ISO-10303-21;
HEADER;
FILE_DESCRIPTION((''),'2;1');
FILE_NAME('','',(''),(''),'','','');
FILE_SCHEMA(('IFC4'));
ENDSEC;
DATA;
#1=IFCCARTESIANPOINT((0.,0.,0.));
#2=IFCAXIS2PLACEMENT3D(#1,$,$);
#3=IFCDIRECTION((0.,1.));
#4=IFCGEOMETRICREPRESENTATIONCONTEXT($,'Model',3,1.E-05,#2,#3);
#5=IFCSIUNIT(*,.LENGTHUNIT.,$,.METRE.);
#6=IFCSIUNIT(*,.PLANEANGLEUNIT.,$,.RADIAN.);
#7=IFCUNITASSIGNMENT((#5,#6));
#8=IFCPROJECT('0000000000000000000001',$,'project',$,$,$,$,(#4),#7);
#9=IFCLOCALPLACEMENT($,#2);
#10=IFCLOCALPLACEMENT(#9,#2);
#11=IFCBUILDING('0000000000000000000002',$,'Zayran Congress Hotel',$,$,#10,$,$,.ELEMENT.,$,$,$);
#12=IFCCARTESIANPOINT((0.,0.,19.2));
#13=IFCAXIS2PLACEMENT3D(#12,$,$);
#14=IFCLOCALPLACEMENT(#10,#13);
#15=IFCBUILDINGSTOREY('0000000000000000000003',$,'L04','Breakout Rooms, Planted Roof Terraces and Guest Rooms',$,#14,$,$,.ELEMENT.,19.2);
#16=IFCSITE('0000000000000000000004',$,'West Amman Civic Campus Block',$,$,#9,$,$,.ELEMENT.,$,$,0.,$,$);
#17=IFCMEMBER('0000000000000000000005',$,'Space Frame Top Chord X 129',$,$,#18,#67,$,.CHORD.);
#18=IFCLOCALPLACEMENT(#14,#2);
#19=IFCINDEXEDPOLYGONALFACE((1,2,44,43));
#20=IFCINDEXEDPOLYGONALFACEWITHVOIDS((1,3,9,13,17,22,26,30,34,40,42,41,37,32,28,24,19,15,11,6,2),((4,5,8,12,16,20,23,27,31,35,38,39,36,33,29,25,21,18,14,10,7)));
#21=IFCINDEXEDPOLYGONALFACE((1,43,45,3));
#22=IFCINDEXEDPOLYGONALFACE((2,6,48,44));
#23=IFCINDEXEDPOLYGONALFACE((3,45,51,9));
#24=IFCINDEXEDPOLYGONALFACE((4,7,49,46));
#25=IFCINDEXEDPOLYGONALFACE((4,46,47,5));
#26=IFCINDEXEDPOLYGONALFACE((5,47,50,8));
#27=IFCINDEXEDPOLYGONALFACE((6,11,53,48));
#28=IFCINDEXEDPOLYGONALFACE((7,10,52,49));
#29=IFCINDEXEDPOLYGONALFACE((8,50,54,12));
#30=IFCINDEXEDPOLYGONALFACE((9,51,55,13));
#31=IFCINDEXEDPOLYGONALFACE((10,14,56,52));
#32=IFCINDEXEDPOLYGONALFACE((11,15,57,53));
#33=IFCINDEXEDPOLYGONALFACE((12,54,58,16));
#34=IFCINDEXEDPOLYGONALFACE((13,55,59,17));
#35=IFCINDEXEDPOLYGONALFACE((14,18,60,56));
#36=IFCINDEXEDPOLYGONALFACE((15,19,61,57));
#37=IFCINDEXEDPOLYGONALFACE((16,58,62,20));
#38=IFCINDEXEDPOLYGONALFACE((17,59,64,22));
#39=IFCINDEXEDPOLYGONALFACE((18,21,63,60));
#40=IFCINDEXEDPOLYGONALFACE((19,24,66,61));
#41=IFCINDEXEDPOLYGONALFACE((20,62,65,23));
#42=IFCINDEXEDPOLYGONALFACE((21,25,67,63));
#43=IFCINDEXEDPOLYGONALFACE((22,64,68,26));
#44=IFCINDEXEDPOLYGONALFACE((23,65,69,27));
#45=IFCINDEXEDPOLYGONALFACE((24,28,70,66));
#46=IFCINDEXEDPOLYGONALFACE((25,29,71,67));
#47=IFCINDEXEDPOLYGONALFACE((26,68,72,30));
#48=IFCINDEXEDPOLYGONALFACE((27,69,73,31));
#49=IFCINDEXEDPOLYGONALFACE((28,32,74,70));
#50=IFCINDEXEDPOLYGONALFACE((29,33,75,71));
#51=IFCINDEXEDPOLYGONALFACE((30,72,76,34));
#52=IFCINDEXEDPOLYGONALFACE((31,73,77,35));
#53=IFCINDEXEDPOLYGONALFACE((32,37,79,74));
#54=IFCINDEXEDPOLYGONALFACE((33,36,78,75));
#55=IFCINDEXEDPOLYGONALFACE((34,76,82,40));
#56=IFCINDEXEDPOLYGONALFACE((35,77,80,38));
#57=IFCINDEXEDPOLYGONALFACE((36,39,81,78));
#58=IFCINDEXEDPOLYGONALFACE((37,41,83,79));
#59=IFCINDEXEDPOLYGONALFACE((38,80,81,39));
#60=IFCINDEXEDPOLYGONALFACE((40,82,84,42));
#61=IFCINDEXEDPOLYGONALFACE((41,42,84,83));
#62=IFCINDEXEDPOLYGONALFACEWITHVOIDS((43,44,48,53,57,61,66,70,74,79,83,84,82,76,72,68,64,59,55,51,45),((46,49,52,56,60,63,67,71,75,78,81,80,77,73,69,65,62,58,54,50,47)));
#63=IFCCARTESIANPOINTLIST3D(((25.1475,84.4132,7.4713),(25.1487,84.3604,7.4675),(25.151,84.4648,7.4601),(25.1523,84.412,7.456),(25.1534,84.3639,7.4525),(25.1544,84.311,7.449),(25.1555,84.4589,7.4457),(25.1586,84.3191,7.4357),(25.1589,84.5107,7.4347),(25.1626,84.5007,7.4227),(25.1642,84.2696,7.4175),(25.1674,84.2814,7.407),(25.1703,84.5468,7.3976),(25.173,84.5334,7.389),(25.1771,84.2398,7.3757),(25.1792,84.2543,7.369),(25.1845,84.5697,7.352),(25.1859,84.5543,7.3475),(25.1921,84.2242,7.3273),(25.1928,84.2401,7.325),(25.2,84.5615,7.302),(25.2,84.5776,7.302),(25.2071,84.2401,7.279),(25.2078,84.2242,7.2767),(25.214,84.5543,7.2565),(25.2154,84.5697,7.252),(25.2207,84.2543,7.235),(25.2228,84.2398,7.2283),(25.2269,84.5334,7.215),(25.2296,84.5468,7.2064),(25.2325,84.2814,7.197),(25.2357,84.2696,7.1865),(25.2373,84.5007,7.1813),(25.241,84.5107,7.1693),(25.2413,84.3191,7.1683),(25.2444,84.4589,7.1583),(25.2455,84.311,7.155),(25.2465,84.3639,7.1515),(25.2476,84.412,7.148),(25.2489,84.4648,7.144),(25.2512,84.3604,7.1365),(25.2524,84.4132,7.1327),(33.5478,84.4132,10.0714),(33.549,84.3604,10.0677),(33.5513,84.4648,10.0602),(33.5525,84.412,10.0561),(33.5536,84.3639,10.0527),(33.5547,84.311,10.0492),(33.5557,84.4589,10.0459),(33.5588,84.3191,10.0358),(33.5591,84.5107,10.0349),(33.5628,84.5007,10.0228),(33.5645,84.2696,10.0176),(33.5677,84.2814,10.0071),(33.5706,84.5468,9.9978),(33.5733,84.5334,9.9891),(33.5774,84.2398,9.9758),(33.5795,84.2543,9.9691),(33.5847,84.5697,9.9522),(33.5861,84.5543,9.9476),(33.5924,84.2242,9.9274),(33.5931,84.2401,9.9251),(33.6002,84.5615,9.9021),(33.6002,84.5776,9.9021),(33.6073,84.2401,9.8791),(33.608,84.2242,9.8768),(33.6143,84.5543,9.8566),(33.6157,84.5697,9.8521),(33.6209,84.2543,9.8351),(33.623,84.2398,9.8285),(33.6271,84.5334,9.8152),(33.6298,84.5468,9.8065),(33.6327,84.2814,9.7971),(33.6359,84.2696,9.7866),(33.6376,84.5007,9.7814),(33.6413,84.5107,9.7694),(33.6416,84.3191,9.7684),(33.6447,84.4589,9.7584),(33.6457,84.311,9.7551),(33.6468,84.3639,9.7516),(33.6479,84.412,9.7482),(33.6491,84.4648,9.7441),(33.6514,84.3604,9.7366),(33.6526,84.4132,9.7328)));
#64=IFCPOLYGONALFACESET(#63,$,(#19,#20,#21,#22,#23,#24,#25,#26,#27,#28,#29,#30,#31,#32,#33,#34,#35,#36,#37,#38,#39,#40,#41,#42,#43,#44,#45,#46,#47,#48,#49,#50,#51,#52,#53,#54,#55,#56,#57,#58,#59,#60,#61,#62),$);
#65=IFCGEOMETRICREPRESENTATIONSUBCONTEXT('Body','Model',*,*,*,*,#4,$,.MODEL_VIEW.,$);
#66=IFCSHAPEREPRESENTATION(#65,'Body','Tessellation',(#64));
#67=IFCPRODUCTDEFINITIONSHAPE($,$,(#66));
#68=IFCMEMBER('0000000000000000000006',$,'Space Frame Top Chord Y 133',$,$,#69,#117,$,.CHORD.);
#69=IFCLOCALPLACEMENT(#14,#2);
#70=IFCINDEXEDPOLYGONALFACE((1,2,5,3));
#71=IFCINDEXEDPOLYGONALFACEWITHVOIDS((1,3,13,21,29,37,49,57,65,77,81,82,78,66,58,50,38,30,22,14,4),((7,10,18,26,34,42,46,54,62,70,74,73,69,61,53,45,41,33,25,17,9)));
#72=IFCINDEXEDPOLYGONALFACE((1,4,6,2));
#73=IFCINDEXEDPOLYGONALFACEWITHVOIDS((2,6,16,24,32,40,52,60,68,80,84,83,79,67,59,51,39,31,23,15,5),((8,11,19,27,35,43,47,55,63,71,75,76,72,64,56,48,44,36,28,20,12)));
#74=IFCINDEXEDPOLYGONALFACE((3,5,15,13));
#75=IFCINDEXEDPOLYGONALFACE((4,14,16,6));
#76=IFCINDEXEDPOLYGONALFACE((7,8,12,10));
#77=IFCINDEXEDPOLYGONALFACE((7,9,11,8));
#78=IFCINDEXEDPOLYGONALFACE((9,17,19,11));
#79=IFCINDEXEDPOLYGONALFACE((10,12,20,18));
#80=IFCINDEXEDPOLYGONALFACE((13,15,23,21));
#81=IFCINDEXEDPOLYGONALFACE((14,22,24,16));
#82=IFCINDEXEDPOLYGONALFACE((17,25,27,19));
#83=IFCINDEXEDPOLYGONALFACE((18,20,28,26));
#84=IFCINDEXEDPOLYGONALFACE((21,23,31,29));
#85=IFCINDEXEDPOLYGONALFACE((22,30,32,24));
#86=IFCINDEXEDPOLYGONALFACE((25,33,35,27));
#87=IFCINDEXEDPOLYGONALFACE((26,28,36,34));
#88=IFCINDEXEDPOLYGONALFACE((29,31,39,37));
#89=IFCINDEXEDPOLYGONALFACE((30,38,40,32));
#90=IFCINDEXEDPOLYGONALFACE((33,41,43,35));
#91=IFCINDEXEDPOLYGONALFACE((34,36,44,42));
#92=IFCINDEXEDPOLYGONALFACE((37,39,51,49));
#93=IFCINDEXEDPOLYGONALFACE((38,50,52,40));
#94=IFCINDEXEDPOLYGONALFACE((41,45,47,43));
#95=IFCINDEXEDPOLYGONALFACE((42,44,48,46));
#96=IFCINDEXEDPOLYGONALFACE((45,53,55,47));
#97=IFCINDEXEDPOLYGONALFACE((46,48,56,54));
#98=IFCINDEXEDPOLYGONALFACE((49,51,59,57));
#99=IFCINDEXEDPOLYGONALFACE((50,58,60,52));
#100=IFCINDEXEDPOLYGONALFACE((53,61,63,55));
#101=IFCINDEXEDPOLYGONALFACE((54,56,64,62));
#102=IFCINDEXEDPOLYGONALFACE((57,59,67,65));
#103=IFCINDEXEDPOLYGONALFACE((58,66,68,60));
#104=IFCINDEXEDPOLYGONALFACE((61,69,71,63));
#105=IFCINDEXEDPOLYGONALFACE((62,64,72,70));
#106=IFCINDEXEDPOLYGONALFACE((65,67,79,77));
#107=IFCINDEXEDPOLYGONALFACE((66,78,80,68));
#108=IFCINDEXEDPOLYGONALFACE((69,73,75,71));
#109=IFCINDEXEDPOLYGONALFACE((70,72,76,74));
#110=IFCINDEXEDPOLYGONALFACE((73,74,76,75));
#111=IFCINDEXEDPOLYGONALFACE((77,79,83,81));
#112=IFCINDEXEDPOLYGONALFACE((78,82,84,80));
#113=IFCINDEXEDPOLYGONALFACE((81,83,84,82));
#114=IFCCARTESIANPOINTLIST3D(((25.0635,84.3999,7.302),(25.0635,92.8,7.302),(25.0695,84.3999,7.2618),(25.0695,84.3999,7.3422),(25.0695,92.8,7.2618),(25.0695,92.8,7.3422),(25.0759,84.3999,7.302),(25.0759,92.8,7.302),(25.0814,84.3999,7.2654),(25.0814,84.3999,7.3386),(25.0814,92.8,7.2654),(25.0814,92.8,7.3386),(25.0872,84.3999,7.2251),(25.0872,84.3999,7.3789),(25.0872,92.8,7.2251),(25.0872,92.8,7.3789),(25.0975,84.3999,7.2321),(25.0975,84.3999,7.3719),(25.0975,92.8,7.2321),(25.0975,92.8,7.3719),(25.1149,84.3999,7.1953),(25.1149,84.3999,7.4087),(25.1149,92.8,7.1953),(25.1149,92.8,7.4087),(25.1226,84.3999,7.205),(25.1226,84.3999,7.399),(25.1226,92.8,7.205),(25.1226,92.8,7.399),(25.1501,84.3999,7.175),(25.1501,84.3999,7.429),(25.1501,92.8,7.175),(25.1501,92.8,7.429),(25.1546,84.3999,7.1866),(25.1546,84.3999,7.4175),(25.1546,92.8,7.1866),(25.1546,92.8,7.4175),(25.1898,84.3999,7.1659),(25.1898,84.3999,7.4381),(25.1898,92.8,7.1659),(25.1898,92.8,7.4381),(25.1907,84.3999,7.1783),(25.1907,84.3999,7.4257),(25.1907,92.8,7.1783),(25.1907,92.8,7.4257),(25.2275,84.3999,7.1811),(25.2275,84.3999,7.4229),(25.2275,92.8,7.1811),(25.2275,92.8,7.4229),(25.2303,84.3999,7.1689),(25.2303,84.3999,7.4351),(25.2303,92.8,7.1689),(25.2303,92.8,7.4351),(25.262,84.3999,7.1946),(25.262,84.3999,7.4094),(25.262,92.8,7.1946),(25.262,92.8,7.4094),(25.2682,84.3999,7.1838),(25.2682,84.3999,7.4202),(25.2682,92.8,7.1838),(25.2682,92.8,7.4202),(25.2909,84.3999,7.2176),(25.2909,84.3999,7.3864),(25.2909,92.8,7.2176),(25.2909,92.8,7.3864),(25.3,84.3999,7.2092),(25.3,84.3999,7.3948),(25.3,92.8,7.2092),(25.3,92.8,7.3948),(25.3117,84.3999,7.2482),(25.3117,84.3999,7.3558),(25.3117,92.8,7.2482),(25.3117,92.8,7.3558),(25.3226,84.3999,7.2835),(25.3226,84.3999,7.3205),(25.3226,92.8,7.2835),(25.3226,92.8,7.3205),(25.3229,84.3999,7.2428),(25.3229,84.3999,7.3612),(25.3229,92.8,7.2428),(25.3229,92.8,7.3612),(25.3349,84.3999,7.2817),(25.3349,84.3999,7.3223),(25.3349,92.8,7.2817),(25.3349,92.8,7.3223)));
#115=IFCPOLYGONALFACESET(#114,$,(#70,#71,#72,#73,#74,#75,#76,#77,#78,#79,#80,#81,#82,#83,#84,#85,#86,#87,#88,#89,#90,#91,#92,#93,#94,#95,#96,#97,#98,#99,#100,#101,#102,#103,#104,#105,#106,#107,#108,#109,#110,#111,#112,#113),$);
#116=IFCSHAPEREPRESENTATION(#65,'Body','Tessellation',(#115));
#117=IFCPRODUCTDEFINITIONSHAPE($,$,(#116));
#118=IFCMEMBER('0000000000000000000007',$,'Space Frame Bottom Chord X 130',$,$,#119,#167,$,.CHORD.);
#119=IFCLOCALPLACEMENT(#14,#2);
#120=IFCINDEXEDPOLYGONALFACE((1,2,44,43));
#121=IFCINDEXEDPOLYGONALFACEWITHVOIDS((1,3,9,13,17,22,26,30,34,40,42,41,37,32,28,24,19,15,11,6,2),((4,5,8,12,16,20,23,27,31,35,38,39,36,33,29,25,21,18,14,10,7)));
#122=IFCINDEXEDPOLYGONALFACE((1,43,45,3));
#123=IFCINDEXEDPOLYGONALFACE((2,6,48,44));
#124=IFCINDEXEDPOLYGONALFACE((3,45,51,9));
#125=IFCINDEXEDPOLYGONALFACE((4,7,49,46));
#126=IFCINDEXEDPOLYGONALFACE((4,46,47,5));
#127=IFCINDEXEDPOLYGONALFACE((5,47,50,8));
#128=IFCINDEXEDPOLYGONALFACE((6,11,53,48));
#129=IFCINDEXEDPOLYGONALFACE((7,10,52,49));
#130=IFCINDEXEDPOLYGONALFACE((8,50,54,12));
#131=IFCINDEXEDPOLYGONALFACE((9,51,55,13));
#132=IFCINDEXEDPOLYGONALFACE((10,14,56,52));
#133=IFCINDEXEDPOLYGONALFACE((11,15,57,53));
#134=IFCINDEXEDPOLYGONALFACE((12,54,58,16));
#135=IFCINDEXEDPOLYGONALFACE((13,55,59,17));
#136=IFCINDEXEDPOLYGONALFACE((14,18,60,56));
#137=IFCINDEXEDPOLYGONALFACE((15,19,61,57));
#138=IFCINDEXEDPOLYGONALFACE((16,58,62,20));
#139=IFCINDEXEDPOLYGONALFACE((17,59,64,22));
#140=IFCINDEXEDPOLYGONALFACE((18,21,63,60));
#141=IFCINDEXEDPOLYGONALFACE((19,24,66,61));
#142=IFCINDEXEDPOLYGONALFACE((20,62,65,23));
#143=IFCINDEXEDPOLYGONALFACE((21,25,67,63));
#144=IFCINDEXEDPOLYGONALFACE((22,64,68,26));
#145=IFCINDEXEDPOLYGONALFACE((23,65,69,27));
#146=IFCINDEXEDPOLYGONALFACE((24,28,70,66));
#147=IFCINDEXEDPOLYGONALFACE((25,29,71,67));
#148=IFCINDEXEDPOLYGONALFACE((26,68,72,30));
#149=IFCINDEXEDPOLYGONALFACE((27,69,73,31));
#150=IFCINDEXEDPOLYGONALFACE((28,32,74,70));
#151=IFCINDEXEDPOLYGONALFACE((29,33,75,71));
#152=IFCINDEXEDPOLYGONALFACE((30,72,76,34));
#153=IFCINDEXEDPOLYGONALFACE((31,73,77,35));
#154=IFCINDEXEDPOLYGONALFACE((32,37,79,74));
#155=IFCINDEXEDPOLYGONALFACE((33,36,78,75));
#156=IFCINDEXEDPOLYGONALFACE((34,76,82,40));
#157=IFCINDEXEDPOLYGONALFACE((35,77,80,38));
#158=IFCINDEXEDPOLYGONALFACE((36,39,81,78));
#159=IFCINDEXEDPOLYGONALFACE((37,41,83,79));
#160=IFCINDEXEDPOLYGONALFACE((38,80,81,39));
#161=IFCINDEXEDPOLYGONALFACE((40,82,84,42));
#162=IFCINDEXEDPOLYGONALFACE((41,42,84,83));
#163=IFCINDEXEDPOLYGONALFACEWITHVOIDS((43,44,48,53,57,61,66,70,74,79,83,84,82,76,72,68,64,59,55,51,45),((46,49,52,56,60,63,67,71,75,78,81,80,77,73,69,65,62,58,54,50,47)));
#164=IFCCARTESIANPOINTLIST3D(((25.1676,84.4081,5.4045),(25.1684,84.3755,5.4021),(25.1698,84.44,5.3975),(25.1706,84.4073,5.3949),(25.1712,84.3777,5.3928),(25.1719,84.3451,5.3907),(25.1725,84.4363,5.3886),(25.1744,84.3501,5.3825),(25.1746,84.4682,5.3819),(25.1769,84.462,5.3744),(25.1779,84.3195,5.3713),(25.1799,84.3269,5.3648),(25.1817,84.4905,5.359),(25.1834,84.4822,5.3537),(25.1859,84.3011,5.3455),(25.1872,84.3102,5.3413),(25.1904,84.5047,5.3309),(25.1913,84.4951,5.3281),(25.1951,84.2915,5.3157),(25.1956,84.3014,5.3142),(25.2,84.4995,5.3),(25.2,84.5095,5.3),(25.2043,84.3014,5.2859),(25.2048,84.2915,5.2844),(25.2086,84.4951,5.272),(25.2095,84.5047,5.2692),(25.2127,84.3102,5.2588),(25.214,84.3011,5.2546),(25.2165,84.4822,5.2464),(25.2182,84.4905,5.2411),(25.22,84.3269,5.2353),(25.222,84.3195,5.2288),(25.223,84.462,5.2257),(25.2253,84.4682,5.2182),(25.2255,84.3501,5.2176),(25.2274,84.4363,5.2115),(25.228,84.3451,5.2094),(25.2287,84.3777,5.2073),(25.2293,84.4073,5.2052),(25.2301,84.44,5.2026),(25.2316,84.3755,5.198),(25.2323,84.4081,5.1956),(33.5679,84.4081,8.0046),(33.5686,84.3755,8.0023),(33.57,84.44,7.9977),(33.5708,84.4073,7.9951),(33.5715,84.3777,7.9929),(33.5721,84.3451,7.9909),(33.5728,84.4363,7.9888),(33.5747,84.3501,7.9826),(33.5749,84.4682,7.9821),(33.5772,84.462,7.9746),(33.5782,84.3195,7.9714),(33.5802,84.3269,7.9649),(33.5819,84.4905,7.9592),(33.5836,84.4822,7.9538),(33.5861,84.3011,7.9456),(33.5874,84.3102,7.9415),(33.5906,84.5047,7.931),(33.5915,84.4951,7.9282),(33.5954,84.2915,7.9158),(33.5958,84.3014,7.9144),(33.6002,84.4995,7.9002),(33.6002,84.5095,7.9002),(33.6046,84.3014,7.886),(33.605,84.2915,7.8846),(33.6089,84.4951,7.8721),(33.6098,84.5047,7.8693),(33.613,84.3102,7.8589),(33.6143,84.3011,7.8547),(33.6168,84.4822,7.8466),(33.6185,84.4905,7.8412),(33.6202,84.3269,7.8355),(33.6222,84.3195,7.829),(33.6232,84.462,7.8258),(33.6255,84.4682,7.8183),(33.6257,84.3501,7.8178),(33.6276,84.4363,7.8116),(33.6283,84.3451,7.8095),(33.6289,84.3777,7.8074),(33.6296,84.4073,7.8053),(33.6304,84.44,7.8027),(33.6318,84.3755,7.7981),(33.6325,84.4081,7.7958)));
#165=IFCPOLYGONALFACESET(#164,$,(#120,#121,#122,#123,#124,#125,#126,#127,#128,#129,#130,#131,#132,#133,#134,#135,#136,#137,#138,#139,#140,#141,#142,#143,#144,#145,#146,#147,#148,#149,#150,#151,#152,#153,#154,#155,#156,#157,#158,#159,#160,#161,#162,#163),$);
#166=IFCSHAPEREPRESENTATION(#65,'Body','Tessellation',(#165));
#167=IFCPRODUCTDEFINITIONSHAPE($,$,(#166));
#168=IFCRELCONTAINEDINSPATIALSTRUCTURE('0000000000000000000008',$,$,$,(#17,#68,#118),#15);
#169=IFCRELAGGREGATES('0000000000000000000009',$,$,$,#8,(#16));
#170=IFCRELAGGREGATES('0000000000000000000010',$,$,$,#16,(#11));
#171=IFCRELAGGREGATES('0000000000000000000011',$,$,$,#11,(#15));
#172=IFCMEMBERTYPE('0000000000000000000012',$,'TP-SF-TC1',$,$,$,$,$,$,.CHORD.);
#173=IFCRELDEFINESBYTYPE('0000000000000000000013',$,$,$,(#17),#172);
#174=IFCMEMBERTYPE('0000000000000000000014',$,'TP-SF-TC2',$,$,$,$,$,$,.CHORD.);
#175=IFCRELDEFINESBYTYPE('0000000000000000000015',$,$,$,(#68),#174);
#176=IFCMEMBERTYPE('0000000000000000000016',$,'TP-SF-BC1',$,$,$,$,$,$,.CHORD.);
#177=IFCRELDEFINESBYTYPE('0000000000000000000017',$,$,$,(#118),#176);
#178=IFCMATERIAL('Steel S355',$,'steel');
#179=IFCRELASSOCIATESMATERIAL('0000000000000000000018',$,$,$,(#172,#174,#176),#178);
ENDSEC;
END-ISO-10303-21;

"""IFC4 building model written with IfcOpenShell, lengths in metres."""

from ifc_helpers import new_model, si_unit, direction, frame, origin, origin_2d, place, context, subcontext, project, spatial, hollow_circle, extrude, material, material_profile, profile_set, type_object, element, save


model = new_model("IFC4")

# Units and contexts
model_context = context("Model", 3, precision=1e-05, world=origin(), true_north=direction((0.0, 1.0)))
body_context = subcontext(model_context, "Body", "Model", "MODEL_VIEW")
ifc_project = project(units=[si_unit("LENGTHUNIT", "METRE"), si_unit("PLANEANGLEUNIT", "RADIAN")], contexts=[model_context])

# Site, building, storey
site_placement = place(None, origin())
site = spatial("IfcSite", under=ifc_project, at=site_placement, Name="West Amman Civic Campus Block", CompositionType="ELEMENT", RefElevation=0.0)
building_placement = place(site_placement, origin())
building = spatial("IfcBuilding", under=site, at=building_placement, Name="Zayran Congress Hotel", CompositionType="ELEMENT")
storey_placement = place(building_placement, frame((0.0, 0.0, 19.2)))
storey = spatial("IfcBuildingStorey", under=building, at=storey_placement, Name="L04", Description="Breakout Rooms, Planted Roof Terraces and Guest Rooms", CompositionType="ELEMENT", Elevation=19.2)

# Members
ifc_material_1 = material(Name="Steel S355", Category="steel")
ifc_material_profile_1 = material_profile(ifc_material_1, hollow_circle(Radius=0.1777, WallThickness=0.0161, at=origin_2d()), Name="CHS 355.6x16")
ifc_profile_set_1 = profile_set([ifc_material_profile_1], Name="Steel S355")
member_type_1 = type_object("IfcMemberType", Name="TP-SF-TC1", PredefinedType="CHORD", material=ifc_profile_set_1)
member_1_placement = place(storey_placement, frame((25.2, 84.3999, 7.302), z_axis=(0.955284, 0.0, 0.295689), x_axis=(0.0, 1.0, 0.0)))
element("IfcMember", 1, at=member_1_placement, inside=storey, type_object=member_type_1, Name="Space Frame Top Chord X 129", PredefinedType="CHORD", context=body_context, shape_type="SweptSolid", body=[
    extrude(hollow_circle(Radius=0.1777, WallThickness=0.0161, at=origin_2d()), origin(), (0.0, 0.0, 1.0), 8.7935),
])
ifc_material_profile_2 = material_profile(ifc_material_1, hollow_circle(Radius=0.1365, WallThickness=0.0125, at=origin_2d()), Name="CHS 273x12.5")
ifc_profile_set_2 = profile_set([ifc_material_profile_2], Name="Steel S355")
member_type_2 = type_object("IfcMemberType", Name="TP-SF-TC2", PredefinedType="CHORD", material=ifc_profile_set_2)
member_2_placement = place(storey_placement, frame((25.2, 84.3999, 7.302), z_axis=(0.0, 1.0, 0.0), x_axis=(-1.0, 0.0, 0.0)))
element("IfcMember", 2, at=member_2_placement, inside=storey, type_object=member_type_2, Name="Space Frame Top Chord Y 133", PredefinedType="CHORD", context=body_context, shape_type="SweptSolid", body=[
    extrude(hollow_circle(Radius=0.1365, WallThickness=0.0125, at=origin_2d()), origin(), (0.0, 0.0, 1.0), 8.4001),
])
ifc_material_profile_3 = material_profile(ifc_material_1, hollow_circle(Radius=0.1096, WallThickness=0.01, at=origin_2d()), Name="CHS 219.1x10")
ifc_profile_set_3 = profile_set([ifc_material_profile_3], Name="Steel S355")
member_type_3 = type_object("IfcMemberType", Name="TP-SF-BC1", PredefinedType="CHORD", material=ifc_profile_set_3)
member_3_placement = place(storey_placement, frame((25.2, 84.3999, 5.3), z_axis=(0.955284, 0.0, 0.295689), x_axis=(0.0, 1.0, 0.0)))
element("IfcMember", 3, at=member_3_placement, inside=storey, type_object=member_type_3, Name="Space Frame Bottom Chord X 130", PredefinedType="CHORD", context=body_context, shape_type="SweptSolid", body=[
    extrude(hollow_circle(Radius=0.1096, WallThickness=0.01, at=origin_2d()), origin(), (0.0, 0.0, 1.0), 8.7935),
])

save(model, "model.ifc")
